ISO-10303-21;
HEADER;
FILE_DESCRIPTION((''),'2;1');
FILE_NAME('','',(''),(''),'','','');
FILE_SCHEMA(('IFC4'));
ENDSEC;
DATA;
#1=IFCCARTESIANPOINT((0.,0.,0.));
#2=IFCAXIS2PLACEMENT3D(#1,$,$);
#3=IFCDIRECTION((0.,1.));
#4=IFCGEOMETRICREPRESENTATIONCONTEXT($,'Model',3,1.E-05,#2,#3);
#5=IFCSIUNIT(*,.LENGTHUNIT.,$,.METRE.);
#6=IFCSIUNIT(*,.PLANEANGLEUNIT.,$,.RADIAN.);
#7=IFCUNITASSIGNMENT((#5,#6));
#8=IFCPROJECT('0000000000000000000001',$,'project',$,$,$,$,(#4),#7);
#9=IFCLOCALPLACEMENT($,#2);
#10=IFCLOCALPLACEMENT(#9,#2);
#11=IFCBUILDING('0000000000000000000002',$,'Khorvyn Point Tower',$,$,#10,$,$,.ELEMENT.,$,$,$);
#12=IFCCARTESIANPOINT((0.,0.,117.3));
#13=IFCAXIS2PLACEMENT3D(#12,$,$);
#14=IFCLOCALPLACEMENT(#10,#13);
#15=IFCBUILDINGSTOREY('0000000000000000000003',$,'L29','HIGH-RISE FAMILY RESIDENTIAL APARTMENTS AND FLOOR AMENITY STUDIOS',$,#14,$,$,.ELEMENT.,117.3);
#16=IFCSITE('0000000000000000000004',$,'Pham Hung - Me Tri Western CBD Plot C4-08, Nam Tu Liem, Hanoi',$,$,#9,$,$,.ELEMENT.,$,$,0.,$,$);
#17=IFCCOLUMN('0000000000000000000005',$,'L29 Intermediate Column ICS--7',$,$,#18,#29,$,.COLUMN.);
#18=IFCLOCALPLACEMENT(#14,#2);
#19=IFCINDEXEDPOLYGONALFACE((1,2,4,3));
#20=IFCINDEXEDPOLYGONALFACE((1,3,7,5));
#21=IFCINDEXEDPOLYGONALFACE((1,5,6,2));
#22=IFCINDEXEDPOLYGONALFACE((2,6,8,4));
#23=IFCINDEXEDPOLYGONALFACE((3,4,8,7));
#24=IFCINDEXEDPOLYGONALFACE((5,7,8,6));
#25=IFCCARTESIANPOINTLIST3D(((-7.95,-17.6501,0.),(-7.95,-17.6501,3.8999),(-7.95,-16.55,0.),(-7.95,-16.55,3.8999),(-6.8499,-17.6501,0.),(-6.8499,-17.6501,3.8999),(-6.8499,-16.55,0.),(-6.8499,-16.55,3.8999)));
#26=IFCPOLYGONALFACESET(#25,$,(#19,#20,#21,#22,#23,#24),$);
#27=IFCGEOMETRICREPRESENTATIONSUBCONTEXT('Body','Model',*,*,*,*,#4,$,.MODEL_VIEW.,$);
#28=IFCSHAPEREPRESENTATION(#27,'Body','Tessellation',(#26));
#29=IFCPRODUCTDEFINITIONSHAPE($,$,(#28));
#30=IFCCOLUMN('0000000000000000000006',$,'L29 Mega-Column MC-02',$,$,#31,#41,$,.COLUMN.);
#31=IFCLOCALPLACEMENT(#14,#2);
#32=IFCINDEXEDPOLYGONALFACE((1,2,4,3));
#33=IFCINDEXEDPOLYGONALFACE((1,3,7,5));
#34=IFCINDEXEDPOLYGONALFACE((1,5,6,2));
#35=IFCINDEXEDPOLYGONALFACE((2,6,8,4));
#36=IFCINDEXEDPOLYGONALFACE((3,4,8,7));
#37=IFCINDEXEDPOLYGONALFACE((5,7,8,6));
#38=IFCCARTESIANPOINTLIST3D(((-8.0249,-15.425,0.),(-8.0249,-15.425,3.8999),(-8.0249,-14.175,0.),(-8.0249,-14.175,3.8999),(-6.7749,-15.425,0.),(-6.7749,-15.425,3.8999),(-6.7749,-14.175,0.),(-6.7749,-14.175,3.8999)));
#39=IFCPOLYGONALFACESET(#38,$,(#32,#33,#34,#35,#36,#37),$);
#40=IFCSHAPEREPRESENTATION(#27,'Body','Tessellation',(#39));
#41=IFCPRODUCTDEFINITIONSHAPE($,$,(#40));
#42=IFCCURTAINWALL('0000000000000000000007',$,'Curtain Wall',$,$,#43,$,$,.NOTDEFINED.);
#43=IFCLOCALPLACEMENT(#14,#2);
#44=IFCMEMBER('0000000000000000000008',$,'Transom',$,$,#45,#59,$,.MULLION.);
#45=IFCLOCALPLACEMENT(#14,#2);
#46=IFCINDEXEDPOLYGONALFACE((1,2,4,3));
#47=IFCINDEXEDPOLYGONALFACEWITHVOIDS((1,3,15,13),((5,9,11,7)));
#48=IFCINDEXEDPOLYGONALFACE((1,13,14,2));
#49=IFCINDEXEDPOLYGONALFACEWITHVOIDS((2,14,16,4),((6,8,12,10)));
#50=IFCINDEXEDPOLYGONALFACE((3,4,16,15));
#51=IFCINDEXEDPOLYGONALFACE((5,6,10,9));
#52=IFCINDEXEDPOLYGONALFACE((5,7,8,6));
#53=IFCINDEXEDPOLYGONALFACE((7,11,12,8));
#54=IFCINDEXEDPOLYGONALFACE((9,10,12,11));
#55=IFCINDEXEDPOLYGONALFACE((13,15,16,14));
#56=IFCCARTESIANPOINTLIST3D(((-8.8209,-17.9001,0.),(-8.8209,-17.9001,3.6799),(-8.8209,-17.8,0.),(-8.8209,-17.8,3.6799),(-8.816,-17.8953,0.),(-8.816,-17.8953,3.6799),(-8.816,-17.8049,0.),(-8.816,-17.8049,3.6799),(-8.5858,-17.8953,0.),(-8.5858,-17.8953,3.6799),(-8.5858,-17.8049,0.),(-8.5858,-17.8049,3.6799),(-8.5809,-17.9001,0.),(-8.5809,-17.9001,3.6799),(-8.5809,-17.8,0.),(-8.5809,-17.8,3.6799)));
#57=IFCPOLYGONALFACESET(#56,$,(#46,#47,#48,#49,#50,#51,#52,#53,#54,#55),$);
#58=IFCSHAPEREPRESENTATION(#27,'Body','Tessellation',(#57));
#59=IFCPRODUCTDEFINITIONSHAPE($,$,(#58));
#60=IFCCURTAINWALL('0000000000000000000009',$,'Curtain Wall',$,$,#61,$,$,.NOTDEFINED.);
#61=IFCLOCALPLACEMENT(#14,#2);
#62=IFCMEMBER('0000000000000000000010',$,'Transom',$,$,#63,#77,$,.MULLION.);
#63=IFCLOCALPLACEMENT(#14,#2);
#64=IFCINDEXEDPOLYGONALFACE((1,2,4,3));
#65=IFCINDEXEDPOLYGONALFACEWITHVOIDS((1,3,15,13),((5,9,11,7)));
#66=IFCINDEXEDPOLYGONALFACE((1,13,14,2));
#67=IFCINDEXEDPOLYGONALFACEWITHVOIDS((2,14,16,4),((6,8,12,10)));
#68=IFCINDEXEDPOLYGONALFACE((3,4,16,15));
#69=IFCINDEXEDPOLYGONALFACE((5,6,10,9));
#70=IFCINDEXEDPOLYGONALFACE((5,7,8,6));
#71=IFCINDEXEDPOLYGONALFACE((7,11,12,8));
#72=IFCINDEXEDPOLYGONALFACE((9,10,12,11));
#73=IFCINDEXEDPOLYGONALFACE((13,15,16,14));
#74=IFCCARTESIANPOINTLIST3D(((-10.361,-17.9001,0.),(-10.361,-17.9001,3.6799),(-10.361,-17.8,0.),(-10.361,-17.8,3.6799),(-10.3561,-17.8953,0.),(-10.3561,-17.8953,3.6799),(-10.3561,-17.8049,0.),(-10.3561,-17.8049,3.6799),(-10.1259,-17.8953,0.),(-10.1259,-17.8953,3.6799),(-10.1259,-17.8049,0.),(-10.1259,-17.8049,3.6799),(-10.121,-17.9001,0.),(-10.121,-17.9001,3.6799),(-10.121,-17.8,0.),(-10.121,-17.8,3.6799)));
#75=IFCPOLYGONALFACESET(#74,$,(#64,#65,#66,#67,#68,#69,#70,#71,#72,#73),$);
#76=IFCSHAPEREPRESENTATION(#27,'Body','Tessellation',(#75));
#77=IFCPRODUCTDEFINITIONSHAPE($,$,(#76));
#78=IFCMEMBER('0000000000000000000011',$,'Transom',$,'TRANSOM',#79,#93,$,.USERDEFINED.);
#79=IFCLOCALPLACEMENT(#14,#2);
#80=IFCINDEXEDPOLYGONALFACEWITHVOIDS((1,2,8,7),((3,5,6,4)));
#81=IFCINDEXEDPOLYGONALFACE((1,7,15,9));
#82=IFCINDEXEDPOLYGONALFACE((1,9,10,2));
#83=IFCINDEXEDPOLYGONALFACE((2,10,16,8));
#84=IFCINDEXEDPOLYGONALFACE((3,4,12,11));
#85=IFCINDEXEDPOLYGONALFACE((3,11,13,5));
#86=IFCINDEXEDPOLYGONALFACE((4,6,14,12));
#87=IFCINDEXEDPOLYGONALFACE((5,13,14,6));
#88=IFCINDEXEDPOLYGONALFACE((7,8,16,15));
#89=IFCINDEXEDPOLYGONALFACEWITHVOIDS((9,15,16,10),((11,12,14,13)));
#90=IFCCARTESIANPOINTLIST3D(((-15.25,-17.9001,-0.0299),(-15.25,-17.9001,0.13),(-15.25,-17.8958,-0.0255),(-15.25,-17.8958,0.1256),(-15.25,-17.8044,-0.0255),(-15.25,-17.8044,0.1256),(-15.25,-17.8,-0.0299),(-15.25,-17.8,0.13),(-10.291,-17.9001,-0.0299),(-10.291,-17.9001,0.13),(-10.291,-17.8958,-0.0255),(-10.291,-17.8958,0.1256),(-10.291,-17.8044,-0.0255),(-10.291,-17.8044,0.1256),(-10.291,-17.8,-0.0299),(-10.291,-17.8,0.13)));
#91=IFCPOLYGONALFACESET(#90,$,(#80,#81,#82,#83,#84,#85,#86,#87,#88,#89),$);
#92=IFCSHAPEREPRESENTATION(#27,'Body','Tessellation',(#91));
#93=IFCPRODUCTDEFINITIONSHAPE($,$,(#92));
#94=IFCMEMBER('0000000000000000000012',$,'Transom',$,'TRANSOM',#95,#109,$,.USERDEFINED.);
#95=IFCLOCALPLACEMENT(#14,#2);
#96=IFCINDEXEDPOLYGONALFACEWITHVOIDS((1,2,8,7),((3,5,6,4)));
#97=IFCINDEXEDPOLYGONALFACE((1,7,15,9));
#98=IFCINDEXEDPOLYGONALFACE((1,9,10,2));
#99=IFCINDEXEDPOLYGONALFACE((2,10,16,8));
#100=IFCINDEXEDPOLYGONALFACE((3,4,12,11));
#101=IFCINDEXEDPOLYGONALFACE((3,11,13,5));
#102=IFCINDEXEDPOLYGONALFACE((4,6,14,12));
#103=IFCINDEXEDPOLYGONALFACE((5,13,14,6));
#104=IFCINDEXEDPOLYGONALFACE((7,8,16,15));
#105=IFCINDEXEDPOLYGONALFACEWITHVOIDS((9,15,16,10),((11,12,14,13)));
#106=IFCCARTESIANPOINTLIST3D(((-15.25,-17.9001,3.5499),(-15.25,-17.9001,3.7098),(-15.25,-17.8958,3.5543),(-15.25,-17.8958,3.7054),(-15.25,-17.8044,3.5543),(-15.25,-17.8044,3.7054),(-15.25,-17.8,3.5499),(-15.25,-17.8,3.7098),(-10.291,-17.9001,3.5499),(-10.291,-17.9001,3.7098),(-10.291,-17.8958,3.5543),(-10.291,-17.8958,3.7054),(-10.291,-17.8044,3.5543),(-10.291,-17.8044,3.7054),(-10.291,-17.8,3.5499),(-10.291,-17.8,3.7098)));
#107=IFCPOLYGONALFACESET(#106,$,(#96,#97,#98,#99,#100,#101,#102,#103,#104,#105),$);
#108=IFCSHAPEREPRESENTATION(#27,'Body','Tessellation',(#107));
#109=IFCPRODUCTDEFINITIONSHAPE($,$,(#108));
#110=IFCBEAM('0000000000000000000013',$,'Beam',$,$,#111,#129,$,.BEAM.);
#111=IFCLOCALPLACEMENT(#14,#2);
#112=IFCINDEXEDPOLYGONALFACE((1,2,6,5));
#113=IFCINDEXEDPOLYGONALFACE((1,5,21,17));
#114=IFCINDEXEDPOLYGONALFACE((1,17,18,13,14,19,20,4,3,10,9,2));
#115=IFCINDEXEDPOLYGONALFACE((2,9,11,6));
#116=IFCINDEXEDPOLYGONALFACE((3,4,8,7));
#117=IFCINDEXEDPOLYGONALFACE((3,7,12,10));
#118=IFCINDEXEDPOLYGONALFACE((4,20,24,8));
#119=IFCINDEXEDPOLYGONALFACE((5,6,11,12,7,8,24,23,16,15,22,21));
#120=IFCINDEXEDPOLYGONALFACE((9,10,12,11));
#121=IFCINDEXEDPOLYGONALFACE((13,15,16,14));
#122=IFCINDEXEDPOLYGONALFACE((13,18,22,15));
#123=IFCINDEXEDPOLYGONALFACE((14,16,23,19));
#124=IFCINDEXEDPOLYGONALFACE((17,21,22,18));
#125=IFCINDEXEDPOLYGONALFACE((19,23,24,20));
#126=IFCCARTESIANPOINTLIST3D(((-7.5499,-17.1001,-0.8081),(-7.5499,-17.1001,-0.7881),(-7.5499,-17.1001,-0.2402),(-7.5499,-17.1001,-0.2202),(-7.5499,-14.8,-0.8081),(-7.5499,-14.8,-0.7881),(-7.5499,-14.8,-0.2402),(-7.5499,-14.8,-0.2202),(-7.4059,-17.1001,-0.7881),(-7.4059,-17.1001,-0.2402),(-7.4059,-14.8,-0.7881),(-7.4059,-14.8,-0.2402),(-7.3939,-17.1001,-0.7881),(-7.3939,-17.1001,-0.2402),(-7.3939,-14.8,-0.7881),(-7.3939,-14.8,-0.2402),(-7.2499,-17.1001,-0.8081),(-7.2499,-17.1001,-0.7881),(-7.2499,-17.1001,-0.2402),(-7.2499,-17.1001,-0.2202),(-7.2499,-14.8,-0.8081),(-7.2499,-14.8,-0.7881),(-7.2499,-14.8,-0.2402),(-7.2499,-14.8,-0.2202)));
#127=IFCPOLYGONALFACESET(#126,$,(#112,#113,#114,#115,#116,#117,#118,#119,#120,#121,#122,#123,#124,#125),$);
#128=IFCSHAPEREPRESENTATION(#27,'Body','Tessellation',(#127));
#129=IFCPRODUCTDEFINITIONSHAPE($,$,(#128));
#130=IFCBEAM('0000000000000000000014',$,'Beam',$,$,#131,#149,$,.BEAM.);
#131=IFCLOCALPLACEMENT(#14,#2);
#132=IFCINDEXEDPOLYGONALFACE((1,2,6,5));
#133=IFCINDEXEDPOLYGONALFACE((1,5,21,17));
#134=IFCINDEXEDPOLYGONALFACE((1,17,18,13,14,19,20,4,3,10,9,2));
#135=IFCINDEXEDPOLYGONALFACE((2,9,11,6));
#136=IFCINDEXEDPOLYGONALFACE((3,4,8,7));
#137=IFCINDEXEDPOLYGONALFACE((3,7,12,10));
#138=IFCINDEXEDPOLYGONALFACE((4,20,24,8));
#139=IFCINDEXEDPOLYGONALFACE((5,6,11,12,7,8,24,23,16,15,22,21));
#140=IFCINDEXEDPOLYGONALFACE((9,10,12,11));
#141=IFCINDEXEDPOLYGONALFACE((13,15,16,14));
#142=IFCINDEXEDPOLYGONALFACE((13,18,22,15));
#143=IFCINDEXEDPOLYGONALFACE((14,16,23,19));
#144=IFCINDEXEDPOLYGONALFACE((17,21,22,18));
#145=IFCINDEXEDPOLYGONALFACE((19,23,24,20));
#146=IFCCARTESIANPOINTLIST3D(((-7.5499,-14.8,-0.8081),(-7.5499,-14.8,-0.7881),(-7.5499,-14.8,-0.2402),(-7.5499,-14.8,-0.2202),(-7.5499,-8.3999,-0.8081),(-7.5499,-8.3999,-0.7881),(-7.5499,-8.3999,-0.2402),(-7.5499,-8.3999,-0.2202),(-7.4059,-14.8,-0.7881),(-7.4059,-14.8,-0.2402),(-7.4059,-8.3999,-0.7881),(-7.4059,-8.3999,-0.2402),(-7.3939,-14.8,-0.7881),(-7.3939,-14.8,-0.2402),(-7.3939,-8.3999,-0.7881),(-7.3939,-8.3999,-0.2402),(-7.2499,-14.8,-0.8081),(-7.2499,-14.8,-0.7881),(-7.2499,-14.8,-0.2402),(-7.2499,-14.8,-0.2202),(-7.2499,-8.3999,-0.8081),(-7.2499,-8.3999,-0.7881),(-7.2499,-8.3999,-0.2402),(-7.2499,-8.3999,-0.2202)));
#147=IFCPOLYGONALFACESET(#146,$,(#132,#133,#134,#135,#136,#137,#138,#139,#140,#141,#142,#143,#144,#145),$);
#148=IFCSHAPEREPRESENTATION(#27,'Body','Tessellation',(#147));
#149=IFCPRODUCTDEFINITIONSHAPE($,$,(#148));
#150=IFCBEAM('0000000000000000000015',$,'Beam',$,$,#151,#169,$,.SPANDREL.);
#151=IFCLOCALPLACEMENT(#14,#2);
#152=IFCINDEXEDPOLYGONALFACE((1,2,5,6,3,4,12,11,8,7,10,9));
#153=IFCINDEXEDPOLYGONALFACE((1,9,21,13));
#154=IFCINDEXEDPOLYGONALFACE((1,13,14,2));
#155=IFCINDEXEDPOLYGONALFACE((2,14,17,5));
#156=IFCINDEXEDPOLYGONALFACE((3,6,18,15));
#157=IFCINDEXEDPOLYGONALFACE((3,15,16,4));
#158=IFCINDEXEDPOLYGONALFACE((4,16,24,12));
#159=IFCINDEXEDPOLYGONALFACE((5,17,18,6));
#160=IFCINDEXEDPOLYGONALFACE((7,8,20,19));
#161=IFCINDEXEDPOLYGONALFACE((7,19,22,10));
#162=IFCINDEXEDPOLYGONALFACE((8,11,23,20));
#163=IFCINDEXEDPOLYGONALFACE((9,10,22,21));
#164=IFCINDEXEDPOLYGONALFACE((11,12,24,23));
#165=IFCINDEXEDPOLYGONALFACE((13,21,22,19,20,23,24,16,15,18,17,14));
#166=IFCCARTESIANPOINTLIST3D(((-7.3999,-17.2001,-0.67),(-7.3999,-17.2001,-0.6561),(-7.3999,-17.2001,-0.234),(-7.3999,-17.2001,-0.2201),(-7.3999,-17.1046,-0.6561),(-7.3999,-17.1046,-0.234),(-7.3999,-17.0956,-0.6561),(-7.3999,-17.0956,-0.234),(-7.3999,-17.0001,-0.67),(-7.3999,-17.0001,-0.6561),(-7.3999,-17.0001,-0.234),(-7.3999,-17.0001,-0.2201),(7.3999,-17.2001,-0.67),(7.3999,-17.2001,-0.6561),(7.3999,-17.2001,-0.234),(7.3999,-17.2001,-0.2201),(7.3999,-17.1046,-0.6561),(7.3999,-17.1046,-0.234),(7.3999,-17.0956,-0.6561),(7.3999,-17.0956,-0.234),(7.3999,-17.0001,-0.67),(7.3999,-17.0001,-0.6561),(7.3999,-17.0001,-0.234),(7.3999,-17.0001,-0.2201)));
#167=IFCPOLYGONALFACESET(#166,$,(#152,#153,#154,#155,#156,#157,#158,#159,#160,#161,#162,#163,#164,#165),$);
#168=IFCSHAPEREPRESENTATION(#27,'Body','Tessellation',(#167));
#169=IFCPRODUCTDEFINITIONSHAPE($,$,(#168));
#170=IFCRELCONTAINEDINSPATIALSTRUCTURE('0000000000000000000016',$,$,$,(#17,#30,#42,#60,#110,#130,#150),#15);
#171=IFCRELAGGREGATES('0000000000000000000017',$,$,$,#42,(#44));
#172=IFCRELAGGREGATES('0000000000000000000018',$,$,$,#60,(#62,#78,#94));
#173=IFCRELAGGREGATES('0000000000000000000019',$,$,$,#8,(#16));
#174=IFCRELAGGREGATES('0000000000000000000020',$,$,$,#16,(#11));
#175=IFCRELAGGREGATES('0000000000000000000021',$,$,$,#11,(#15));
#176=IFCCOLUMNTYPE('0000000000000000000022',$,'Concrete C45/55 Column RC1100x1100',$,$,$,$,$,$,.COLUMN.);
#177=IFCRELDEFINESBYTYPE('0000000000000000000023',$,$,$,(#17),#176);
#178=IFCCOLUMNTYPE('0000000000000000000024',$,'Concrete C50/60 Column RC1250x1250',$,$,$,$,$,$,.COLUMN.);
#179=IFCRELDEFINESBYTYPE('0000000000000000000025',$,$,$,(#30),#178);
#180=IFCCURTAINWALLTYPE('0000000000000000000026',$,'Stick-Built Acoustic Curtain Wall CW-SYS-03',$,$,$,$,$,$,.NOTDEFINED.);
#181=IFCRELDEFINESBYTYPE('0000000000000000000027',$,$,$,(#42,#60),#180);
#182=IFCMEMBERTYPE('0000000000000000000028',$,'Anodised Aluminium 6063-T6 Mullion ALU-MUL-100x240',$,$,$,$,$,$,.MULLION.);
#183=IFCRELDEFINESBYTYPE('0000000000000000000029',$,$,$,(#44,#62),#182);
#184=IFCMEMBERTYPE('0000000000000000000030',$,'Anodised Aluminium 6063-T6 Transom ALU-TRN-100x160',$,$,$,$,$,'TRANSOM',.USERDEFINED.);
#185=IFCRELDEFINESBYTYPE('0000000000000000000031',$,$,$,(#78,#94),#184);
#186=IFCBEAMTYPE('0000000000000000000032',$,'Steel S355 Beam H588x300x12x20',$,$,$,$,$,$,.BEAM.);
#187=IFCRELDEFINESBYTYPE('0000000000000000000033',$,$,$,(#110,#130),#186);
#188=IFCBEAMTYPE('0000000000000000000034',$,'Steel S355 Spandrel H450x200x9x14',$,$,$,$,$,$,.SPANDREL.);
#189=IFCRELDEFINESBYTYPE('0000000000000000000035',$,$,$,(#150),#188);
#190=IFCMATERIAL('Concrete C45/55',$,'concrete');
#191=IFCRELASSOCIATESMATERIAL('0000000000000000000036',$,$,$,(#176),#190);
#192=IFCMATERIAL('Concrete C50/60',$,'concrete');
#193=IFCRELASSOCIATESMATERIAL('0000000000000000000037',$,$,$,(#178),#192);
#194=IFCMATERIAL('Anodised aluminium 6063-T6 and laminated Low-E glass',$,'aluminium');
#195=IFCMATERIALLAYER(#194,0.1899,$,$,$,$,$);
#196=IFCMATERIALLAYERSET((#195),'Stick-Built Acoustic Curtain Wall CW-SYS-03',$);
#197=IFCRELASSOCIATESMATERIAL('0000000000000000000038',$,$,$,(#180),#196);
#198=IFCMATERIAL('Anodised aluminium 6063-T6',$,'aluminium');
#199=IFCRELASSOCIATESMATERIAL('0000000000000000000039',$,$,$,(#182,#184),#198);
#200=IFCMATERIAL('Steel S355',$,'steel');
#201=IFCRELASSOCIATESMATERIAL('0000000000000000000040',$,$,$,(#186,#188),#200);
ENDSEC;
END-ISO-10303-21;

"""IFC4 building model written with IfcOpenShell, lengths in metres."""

from ifc_helpers import new_model, si_unit, direction, frame, origin, origin_2d, place, context, subcontext, project, spatial, rectangle, hollow_rectangle, i_section, extrude, material, layer, layer_set, material_profile, profile_set, type_object, element, aggregate, save


model = new_model("IFC4")

# Units and contexts
model_context = context("Model", 3, precision=1e-05, world=origin(), true_north=direction((0.0, 1.0)))
body_context = subcontext(model_context, "Body", "Model", "MODEL_VIEW")
ifc_project = project(units=[si_unit("LENGTHUNIT", "METRE"), si_unit("PLANEANGLEUNIT", "RADIAN")], contexts=[model_context])

# Site, building, storey
site_placement = place(None, origin())
site = spatial("IfcSite", under=ifc_project, at=site_placement, Name="Pham Hung - Me Tri Western CBD Plot C4-08, Nam Tu Liem, Hanoi", CompositionType="ELEMENT", RefElevation=0.0)
building_placement = place(site_placement, origin())
building = spatial("IfcBuilding", under=site, at=building_placement, Name="Khorvyn Point Tower", CompositionType="ELEMENT")
storey_placement = place(building_placement, frame((0.0, 0.0, 117.3)))
storey = spatial("IfcBuildingStorey", under=building, at=storey_placement, Name="L29", Description="HIGH-RISE FAMILY RESIDENTIAL APARTMENTS AND FLOOR AMENITY STUDIOS", CompositionType="ELEMENT", Elevation=117.3)

# Columns
ifc_material_1 = material(Name="Concrete C45/55", Category="concrete")
ifc_material_profile_1 = material_profile(ifc_material_1, rectangle(XDim=1.1001, YDim=1.1001, at=origin_2d()))
ifc_profile_set_1 = profile_set([ifc_material_profile_1], Name="Concrete C45/55 RC1100x1100")
column_type_1 = type_object("IfcColumnType", Name="Concrete C45/55 Column RC1100x1100", PredefinedType="COLUMN", material=ifc_profile_set_1)
column_1_placement = place(storey_placement, frame((-7.3999, -17.1001, 0.0), z_axis=(0.0, 0.0, 1.0), x_axis=(1.0, 0.0, 0.0)))
element("IfcColumn", 1, at=column_1_placement, inside=storey, type_object=column_type_1, Name="L29 Intermediate Column ICS--7", PredefinedType="COLUMN", context=body_context, shape_type="SweptSolid", body=[
    extrude(rectangle(XDim=1.1001, YDim=1.1001, at=origin_2d()), origin(), (0.0, 0.0, 1.0), 3.8999),
])
ifc_material_2 = material(Name="Concrete C50/60", Category="concrete")
ifc_material_profile_2 = material_profile(ifc_material_2, rectangle(XDim=1.25, YDim=1.25, at=origin_2d()))
ifc_profile_set_2 = profile_set([ifc_material_profile_2], Name="Concrete C50/60 RC1250x1250")
column_type_2 = type_object("IfcColumnType", Name="Concrete C50/60 Column RC1250x1250", PredefinedType="COLUMN", material=ifc_profile_set_2)
column_2_placement = place(storey_placement, frame((-7.3999, -14.8, 0.0), z_axis=(0.0, 0.0, 1.0), x_axis=(1.0, 0.0, 0.0)))
element("IfcColumn", 2, at=column_2_placement, inside=storey, type_object=column_type_2, Name="L29 Mega-Column MC-02", PredefinedType="COLUMN", context=body_context, shape_type="SweptSolid", body=[
    extrude(rectangle(XDim=1.25, YDim=1.25, at=origin_2d()), origin(), (0.0, 0.0, 1.0), 3.8999),
])

# Curtain wall, member
ifc_material_3 = material(Name="Anodised aluminium 6063-T6 and laminated Low-E glass", Category="aluminium")
ifc_layer_1 = layer(ifc_material_3, 0.1899)
ifc_layer_set_1 = layer_set([ifc_layer_1], Name="Stick-Built Acoustic Curtain Wall CW-SYS-03")
curtain_wall_type = type_object("IfcCurtainWallType", Name="Stick-Built Acoustic Curtain Wall CW-SYS-03", PredefinedType="NOTDEFINED", material=ifc_layer_set_1)
curtain_wall_1_placement = place(storey_placement, origin())
curtain_wall_1 = element("IfcCurtainWall", 3, at=curtain_wall_1_placement, inside=storey, type_object=curtain_wall_type, Name="Curtain Wall", PredefinedType="NOTDEFINED")
ifc_material_4 = material(Name="Anodised aluminium 6063-T6", Category="aluminium")
ifc_material_profile_3 = material_profile(ifc_material_4, hollow_rectangle(XDim=0.1001, YDim=0.24, WallThickness=0.0049, at=origin_2d()))
ifc_profile_set_3 = profile_set([ifc_material_profile_3], Name="Anodised aluminium 6063-T6 ALU-MUL-100x240")
member_type_1 = type_object("IfcMemberType", Name="Anodised Aluminium 6063-T6 Mullion ALU-MUL-100x240", PredefinedType="MULLION", material=ifc_profile_set_3)
member_1_placement = place(storey_placement, frame((-8.7009, -17.8501, 0.0), z_axis=(0.0, 0.0, 1.0), x_axis=(0.0, -1.0, 0.0)))
member_1 = element("IfcMember", 4, at=member_1_placement, type_object=member_type_1, Name="Transom", PredefinedType="MULLION", context=body_context, shape_type="SweptSolid", body=[
    extrude(hollow_rectangle(XDim=0.1001, YDim=0.24, WallThickness=0.0049, at=origin_2d()), origin(), (0.0, 0.0, 1.0), 3.6799),
])

# Curtain wall, members
curtain_wall_2_placement = place(storey_placement, origin())
curtain_wall_2 = element("IfcCurtainWall", 5, at=curtain_wall_2_placement, inside=storey, type_object=curtain_wall_type, Name="Curtain Wall", PredefinedType="NOTDEFINED")
member_2_placement = place(storey_placement, frame((-10.241, -17.8501, 0.0), z_axis=(0.0, 0.0, 1.0), x_axis=(0.0, -1.0, 0.0)))
member_2 = element("IfcMember", 6, at=member_2_placement, type_object=member_type_1, Name="Transom", PredefinedType="MULLION", context=body_context, shape_type="SweptSolid", body=[
    extrude(hollow_rectangle(XDim=0.1001, YDim=0.24, WallThickness=0.0049, at=origin_2d()), origin(), (0.0, 0.0, 1.0), 3.6799),
])
ifc_material_profile_4 = material_profile(ifc_material_4, hollow_rectangle(XDim=0.1001, YDim=0.1599, WallThickness=0.0044, at=origin_2d()))
ifc_profile_set_4 = profile_set([ifc_material_profile_4], Name="Anodised aluminium 6063-T6 ALU-TRN-100x160")
member_type_2 = type_object("IfcMemberType", Name="Anodised Aluminium 6063-T6 Transom ALU-TRN-100x160", ElementType="TRANSOM", PredefinedType="USERDEFINED", material=ifc_profile_set_4)
member_3_placement = place(storey_placement, frame((-10.291, -17.8501, 0.05), z_axis=(-1.0, 0.0, 0.0), x_axis=(0.0, -1.0, 0.0)))
member_3 = element("IfcMember", 7, at=member_3_placement, type_object=member_type_2, Name="Transom", ObjectType="TRANSOM", PredefinedType="USERDEFINED", context=body_context, shape_type="SweptSolid", body=[
    extrude(hollow_rectangle(XDim=0.1001, YDim=0.1599, WallThickness=0.0044, at=origin_2d()), origin(), (0.0, 0.0, 1.0), 4.959),
])
member_4_placement = place(storey_placement, frame((-10.291, -17.8501, 3.6299), z_axis=(-1.0, 0.0, 0.0), x_axis=(0.0, -1.0, 0.0)))
member_4 = element("IfcMember", 8, at=member_4_placement, type_object=member_type_2, Name="Transom", ObjectType="TRANSOM", PredefinedType="USERDEFINED", context=body_context, shape_type="SweptSolid", body=[
    extrude(hollow_rectangle(XDim=0.1001, YDim=0.1599, WallThickness=0.0044, at=origin_2d()), origin(), (0.0, 0.0, 1.0), 4.959),
])

# Beams
ifc_material_5 = material(Name="Steel S355", Category="steel")
ifc_material_profile_5 = material_profile(ifc_material_5, i_section(OverallWidth=0.3, OverallDepth=0.5879, WebThickness=0.012, FlangeThickness=0.02, at=origin_2d()))
ifc_profile_set_5 = profile_set([ifc_material_profile_5], Name="Steel S355 H588x300x12x20")
beam_type_1 = type_object("IfcBeamType", Name="Steel S355 Beam H588x300x12x20", PredefinedType="BEAM", material=ifc_profile_set_5)
beam_1_placement = place(storey_placement, frame((-7.3999, -17.1001, -0.5142), z_axis=(0.0, 1.0, 0.0), x_axis=(-1.0, 0.0, 0.0)))
element("IfcBeam", 9, at=beam_1_placement, inside=storey, type_object=beam_type_1, Name="Beam", PredefinedType="BEAM", context=body_context, shape_type="SweptSolid", body=[
    extrude(i_section(OverallWidth=0.3, OverallDepth=0.5879, WebThickness=0.012, FlangeThickness=0.02, at=origin_2d()), origin(), (0.0, 0.0, 1.0), 2.3),
])
beam_2_placement = place(storey_placement, frame((-7.3999, -14.8, -0.5142), z_axis=(0.0, 1.0, 0.0), x_axis=(-1.0, 0.0, 0.0)))
element("IfcBeam", 10, at=beam_2_placement, inside=storey, type_object=beam_type_1, Name="Beam", PredefinedType="BEAM", context=body_context, shape_type="SweptSolid", body=[
    extrude(i_section(OverallWidth=0.3, OverallDepth=0.5879, WebThickness=0.012, FlangeThickness=0.02, at=origin_2d()), origin(), (0.0, 0.0, 1.0), 6.4001),
])
ifc_material_profile_6 = material_profile(ifc_material_5, i_section(OverallWidth=0.2, OverallDepth=0.45, WebThickness=0.009, FlangeThickness=0.0139, at=origin_2d()))
ifc_profile_set_6 = profile_set([ifc_material_profile_6], Name="Steel S355 H450x200x9x14")
beam_type_2 = type_object("IfcBeamType", Name="Steel S355 Spandrel H450x200x9x14", PredefinedType="SPANDREL", material=ifc_profile_set_6)
beam_3_placement = place(storey_placement, frame((-7.3999, -17.1001, -0.4451), z_axis=(1.0, 0.0, 0.0), x_axis=(0.0, 1.0, 0.0)))
element("IfcBeam", 11, at=beam_3_placement, inside=storey, type_object=beam_type_2, Name="Beam", PredefinedType="SPANDREL", context=body_context, shape_type="SweptSolid", body=[
    extrude(i_section(OverallWidth=0.2, OverallDepth=0.45, WebThickness=0.009, FlangeThickness=0.0139, at=origin_2d()), origin(), (0.0, 0.0, 1.0), 14.7998),
])

aggregate(curtain_wall_1, [member_1])
aggregate(curtain_wall_2, [member_2, member_3, member_4])

save(model, "model.ifc")
